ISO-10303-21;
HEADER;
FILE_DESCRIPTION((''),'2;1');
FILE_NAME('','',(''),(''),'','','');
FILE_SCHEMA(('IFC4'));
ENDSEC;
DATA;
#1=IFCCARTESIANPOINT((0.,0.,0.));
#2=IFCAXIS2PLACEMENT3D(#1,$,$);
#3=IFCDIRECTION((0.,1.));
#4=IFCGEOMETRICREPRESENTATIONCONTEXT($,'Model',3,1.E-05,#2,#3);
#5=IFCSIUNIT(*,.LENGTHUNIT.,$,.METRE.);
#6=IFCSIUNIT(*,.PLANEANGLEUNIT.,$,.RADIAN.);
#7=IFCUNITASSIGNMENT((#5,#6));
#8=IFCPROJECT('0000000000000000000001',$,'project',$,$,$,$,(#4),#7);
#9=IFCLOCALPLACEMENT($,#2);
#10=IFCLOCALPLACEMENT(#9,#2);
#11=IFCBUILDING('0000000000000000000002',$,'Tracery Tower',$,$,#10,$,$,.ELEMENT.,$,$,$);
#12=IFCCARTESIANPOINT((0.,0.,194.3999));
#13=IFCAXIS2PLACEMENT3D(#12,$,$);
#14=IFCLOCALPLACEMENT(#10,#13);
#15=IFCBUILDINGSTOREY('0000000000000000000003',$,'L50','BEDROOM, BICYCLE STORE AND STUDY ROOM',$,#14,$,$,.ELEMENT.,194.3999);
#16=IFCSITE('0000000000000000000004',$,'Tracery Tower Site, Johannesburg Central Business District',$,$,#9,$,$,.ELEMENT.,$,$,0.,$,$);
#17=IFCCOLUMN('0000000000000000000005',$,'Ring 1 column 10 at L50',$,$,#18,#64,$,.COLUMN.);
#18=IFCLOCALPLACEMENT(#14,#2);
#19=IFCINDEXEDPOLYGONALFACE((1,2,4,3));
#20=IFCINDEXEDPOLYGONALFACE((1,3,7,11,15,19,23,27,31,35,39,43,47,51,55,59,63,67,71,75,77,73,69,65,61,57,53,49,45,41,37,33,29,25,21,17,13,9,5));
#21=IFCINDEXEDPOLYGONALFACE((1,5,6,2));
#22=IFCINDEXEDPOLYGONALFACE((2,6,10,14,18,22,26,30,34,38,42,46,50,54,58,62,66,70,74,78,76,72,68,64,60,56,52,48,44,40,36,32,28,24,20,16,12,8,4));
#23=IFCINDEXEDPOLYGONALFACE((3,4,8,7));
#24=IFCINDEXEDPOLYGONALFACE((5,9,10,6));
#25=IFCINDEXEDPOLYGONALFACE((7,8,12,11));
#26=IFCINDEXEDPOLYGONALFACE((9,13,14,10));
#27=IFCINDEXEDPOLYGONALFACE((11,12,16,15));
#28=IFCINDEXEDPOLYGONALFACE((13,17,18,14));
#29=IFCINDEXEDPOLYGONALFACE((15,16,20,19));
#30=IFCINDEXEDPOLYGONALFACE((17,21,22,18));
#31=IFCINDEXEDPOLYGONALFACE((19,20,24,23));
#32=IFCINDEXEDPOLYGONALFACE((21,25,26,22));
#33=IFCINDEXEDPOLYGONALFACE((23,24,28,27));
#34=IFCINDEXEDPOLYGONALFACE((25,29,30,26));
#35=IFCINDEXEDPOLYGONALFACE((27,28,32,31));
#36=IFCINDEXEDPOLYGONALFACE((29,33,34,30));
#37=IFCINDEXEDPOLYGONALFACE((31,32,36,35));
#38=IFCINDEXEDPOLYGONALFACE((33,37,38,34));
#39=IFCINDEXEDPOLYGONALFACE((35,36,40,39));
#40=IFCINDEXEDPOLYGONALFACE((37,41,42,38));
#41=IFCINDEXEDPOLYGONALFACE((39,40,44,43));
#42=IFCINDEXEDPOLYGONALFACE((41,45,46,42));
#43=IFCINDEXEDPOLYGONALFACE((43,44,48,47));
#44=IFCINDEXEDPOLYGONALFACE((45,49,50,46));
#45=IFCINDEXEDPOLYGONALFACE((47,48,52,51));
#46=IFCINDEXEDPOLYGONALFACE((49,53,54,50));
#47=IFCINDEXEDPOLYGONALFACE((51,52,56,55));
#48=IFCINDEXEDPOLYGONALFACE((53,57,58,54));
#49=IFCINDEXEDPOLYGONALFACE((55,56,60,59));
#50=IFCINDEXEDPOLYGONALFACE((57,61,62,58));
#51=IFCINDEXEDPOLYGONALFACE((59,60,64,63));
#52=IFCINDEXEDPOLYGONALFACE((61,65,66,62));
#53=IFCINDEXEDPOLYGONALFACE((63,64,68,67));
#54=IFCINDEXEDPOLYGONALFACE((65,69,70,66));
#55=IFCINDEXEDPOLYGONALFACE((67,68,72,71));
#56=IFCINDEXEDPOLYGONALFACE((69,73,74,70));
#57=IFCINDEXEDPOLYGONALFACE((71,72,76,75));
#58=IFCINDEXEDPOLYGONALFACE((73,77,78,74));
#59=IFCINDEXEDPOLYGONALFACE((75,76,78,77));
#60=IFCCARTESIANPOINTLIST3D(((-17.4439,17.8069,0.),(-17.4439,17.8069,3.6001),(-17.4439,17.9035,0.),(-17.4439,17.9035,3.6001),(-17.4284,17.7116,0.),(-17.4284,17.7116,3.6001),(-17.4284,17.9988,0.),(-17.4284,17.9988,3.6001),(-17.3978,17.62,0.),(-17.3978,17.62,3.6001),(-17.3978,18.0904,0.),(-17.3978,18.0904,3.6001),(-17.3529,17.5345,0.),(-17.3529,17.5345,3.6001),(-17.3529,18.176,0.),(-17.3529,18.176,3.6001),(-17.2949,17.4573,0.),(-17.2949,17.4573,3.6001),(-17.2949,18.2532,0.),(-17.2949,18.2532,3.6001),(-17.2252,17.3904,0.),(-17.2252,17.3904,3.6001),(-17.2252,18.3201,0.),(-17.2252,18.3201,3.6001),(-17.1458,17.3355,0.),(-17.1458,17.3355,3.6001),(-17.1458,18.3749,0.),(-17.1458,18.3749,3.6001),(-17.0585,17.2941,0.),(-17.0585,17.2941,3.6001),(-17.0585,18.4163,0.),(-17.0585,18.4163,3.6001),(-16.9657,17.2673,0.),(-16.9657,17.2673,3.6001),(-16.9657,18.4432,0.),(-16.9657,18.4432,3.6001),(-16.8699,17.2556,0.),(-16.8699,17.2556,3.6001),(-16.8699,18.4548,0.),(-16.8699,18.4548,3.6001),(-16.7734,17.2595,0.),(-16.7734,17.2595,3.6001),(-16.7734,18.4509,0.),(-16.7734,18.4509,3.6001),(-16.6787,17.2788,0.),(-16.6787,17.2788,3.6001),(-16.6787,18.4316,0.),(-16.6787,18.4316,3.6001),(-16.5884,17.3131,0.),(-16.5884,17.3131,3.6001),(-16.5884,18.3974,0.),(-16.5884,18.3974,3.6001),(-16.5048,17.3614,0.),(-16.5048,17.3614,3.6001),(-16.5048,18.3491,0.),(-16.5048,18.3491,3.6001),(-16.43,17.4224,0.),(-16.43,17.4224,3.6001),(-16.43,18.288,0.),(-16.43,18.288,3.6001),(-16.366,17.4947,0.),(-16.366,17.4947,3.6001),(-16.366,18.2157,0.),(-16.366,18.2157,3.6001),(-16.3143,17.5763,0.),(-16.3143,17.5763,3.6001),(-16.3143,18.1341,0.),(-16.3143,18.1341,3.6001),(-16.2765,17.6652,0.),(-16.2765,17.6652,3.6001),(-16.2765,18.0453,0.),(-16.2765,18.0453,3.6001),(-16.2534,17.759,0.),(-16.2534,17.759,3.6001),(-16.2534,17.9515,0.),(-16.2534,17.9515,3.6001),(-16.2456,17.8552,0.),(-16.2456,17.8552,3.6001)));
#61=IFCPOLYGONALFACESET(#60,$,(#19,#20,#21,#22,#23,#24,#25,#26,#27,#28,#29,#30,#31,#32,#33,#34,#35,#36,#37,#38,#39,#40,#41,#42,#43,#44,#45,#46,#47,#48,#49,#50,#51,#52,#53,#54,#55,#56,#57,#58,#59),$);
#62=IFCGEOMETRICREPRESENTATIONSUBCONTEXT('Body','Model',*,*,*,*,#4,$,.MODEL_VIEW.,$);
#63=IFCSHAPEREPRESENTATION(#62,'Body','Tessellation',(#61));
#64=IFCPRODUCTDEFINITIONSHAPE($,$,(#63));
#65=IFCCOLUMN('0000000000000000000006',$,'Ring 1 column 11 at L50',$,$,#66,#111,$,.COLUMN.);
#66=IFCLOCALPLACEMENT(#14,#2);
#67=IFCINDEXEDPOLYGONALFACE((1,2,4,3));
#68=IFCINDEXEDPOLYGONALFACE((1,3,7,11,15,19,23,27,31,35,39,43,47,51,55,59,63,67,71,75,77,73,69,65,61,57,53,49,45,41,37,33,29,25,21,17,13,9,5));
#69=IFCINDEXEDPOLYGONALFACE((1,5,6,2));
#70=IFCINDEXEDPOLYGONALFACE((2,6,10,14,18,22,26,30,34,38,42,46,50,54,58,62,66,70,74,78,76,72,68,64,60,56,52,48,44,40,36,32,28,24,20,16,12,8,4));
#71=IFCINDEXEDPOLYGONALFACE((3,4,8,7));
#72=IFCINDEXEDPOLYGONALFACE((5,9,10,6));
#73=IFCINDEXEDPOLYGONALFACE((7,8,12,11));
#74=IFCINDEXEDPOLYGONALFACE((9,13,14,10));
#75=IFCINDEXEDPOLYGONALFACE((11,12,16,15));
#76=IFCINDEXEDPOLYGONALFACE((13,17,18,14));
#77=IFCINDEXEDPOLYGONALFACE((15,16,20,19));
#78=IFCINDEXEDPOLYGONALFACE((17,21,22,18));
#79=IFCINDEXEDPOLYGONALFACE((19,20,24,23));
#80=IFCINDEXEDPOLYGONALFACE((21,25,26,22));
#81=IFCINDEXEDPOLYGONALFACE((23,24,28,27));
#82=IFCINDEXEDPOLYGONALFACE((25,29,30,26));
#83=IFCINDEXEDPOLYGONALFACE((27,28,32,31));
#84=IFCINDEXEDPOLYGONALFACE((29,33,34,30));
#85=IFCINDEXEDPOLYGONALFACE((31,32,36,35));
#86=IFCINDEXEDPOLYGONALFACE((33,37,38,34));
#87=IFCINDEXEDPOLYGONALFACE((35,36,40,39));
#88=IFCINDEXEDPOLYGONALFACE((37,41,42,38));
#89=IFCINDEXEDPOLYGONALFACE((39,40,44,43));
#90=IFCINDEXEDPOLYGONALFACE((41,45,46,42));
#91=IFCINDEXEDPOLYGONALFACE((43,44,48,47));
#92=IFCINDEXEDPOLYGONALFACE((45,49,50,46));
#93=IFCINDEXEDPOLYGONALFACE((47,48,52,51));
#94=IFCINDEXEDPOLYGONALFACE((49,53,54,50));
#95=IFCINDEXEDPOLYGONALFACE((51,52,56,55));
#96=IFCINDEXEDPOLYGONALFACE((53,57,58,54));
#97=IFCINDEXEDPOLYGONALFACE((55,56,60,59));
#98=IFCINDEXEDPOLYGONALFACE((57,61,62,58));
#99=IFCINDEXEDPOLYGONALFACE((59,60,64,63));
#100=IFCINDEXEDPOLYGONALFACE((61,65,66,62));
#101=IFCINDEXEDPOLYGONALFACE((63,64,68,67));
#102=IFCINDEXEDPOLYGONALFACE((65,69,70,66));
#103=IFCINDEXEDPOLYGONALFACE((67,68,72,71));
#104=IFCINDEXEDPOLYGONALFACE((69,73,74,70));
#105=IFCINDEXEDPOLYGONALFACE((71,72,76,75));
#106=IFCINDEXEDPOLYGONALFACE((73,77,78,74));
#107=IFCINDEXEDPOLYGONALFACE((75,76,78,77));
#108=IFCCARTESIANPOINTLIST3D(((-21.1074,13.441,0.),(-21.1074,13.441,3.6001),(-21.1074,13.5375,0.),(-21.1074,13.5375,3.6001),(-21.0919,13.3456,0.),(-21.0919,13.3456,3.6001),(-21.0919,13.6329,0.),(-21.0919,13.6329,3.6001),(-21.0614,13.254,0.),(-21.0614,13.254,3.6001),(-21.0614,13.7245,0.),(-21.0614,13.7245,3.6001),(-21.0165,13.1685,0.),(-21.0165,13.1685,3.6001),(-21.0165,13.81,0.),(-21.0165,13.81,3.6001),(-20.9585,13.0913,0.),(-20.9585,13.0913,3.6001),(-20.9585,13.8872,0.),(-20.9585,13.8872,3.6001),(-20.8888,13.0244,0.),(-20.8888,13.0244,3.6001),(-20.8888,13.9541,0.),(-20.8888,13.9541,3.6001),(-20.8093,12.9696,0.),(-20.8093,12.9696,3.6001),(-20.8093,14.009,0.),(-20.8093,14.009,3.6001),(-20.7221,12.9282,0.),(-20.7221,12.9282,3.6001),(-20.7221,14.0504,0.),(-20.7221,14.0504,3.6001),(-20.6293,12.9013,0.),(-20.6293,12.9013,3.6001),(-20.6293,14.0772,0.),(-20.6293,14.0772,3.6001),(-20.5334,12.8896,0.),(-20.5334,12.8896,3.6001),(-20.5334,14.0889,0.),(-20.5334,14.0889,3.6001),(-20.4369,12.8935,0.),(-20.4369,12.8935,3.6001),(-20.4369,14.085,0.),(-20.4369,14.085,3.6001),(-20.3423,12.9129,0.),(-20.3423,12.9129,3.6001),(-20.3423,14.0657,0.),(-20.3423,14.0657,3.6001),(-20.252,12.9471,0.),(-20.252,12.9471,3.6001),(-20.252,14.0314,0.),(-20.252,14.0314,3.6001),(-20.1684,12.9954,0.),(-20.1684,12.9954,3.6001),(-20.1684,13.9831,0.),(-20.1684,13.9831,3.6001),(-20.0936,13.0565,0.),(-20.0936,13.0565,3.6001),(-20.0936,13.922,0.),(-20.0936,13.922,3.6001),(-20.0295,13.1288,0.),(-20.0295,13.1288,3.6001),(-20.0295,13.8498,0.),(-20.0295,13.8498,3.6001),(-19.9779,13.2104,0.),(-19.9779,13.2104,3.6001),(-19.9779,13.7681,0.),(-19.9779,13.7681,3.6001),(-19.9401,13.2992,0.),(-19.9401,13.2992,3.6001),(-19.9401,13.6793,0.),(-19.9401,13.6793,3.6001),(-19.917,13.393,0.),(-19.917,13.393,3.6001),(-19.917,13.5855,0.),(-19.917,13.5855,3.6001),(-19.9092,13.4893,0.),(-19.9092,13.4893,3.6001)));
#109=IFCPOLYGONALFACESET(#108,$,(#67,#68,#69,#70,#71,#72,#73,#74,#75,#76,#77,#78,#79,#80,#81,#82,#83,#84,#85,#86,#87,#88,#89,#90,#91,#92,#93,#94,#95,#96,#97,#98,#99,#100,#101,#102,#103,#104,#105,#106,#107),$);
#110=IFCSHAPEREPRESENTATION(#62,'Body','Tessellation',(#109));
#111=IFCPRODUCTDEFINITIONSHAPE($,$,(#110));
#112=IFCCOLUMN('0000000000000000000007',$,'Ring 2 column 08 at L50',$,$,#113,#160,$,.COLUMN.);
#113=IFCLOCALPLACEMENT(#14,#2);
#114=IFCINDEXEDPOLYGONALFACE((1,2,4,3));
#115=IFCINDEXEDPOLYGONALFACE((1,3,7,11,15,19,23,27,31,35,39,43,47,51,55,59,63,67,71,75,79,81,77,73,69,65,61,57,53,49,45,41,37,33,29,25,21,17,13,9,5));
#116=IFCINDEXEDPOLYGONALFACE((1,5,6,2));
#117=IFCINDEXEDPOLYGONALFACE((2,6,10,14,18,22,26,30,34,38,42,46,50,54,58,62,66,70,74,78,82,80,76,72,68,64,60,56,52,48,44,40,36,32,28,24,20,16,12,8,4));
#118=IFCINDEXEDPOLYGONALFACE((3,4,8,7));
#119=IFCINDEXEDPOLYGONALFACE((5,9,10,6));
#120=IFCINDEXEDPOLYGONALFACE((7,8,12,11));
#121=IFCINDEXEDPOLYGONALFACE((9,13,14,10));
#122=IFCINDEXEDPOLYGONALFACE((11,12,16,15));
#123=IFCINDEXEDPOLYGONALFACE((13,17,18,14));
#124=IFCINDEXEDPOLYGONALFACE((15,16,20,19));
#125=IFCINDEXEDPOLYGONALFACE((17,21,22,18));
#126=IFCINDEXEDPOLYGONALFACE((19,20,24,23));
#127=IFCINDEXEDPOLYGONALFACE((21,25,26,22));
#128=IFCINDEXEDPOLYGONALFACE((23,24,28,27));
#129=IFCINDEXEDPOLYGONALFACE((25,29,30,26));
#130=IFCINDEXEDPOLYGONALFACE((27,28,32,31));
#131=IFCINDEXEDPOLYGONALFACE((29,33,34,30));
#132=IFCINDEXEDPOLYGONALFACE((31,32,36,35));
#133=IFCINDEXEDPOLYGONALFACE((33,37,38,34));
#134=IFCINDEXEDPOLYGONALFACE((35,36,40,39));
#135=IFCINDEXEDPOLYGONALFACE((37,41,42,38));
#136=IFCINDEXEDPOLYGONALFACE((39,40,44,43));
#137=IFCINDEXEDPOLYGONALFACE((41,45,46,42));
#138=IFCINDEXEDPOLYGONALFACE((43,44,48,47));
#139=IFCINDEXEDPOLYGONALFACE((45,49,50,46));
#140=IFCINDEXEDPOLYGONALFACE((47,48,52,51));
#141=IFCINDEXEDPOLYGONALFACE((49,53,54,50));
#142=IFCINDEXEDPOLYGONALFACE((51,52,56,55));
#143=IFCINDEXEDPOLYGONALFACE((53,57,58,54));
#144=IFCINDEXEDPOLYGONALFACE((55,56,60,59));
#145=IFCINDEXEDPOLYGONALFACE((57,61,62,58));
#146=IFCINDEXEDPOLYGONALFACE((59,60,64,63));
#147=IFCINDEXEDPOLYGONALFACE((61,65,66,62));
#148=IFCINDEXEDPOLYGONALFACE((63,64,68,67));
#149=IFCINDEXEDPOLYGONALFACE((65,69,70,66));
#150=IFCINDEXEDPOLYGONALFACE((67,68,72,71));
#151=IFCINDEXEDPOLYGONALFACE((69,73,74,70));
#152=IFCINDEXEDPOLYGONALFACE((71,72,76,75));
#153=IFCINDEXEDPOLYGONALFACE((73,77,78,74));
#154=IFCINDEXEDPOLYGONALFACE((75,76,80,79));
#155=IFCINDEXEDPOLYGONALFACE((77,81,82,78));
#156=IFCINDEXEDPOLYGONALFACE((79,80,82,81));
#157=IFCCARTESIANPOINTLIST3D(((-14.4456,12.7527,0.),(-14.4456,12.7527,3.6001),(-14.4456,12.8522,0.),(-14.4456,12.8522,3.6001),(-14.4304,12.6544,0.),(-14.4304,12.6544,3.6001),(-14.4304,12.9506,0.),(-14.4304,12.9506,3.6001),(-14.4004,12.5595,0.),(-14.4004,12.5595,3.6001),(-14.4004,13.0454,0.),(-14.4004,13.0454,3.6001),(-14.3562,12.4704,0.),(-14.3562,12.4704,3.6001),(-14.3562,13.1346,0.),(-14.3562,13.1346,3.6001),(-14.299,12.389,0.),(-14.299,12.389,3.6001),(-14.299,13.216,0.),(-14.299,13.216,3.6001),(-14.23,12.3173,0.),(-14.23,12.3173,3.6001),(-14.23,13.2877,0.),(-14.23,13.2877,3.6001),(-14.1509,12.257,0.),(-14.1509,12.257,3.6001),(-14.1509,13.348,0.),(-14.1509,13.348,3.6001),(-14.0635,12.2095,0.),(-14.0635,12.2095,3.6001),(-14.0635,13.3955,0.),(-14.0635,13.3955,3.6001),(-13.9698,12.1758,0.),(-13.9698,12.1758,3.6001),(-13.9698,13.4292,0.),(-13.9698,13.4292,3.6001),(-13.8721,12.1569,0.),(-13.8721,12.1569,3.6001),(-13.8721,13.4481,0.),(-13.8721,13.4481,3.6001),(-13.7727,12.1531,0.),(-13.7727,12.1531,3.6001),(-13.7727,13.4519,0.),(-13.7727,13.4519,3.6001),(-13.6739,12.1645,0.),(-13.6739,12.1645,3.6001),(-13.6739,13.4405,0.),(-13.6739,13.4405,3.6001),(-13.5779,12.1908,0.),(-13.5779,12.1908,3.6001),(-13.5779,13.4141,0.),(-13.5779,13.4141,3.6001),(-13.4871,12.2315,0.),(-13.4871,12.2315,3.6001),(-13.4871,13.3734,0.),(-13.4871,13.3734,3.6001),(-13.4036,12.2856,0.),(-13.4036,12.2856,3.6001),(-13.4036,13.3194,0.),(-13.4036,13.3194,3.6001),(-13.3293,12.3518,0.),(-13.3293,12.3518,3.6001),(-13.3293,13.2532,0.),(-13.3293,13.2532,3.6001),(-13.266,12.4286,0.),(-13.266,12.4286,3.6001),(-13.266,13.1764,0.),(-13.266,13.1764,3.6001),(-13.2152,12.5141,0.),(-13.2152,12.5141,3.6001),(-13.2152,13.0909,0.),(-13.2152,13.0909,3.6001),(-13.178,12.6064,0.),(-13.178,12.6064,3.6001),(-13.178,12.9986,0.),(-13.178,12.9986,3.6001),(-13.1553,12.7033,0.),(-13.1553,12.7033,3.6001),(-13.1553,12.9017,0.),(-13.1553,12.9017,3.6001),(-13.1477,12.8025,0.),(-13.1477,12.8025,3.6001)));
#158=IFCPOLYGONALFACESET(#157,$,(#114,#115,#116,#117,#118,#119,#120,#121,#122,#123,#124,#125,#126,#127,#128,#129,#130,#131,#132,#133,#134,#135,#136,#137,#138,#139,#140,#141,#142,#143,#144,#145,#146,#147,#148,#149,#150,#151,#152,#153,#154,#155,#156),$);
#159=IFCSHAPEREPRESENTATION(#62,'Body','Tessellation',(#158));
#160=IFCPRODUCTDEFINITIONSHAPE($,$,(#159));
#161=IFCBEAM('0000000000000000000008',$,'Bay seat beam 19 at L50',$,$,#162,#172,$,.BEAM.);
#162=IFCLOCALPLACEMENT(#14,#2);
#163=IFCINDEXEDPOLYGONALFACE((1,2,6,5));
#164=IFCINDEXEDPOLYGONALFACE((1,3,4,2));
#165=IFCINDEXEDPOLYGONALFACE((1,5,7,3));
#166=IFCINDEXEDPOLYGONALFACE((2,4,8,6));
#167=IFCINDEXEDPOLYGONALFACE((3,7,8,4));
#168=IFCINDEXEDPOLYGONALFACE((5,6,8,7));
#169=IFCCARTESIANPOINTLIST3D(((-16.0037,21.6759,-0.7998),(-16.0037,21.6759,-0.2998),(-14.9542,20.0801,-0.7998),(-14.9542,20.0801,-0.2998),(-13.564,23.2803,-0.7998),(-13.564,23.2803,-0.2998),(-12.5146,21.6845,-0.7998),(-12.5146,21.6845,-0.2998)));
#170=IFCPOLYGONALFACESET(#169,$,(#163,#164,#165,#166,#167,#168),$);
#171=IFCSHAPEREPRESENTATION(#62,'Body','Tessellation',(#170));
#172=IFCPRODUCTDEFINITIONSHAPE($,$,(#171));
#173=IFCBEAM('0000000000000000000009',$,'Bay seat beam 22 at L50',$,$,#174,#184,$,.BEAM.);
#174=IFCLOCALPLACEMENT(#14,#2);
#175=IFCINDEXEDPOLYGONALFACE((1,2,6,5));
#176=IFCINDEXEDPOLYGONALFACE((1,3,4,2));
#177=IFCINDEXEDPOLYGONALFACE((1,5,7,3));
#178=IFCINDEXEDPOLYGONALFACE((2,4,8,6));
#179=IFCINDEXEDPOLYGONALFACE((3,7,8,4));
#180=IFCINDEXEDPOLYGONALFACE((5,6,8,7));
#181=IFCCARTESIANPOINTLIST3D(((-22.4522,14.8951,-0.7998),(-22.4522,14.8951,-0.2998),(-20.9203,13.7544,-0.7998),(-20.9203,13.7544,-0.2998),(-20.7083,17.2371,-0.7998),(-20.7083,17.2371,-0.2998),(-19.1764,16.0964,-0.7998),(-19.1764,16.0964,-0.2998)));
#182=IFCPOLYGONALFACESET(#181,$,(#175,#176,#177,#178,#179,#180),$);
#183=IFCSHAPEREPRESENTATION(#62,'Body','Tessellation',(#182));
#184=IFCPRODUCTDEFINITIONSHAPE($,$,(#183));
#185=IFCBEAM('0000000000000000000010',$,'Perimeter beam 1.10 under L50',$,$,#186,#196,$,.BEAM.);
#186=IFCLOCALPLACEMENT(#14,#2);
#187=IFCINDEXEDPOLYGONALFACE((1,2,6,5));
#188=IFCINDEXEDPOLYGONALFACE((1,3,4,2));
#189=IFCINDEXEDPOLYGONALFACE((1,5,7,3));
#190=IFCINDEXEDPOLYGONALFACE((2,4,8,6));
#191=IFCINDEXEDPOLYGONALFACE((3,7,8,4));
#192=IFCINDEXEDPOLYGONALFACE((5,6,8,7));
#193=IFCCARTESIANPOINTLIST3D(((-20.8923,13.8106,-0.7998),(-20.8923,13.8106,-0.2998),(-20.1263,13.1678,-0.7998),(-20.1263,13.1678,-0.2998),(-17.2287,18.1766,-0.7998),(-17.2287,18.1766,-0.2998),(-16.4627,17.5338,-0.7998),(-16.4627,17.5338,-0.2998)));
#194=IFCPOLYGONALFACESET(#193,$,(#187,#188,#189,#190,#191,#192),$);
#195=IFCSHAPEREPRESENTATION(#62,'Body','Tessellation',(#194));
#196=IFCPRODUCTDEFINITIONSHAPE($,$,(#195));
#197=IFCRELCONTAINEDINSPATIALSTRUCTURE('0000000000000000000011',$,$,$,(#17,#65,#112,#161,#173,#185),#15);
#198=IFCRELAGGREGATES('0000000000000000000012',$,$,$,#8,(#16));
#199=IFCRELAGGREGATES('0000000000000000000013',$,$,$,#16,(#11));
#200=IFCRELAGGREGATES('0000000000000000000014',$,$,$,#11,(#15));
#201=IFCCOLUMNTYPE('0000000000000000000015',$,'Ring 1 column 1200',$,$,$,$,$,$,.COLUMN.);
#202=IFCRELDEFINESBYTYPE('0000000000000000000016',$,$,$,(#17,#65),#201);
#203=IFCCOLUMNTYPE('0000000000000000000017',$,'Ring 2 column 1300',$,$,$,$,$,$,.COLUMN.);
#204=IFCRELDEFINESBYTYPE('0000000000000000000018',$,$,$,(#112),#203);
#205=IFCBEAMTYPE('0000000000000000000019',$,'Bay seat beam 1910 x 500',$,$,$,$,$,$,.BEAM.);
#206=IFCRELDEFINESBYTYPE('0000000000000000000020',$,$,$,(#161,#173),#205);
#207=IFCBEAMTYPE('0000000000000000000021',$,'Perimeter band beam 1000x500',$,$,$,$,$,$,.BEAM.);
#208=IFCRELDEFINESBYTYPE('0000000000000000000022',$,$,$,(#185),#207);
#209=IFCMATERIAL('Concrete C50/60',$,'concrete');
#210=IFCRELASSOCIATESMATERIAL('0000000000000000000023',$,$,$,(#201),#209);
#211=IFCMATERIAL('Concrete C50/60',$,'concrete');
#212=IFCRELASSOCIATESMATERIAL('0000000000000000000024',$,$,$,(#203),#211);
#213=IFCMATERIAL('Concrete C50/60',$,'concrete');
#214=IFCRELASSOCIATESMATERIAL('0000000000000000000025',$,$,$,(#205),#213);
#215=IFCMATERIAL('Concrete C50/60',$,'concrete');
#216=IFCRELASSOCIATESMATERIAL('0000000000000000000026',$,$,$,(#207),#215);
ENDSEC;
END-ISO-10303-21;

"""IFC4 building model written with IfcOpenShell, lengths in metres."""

from ifc_helpers import new_model, si_unit, direction, frame, origin, origin_2d, place, context, subcontext, project, spatial, rectangle, circle, extrude, material, material_profile, profile_set, type_object, element, save


model = new_model("IFC4")

# Units and contexts
model_context = context("Model", 3, precision=1e-05, world=origin(), true_north=direction((0.0, 1.0)))
body_context = subcontext(model_context, "Body", "Model", "MODEL_VIEW")
ifc_project = project(units=[si_unit("LENGTHUNIT", "METRE"), si_unit("PLANEANGLEUNIT", "RADIAN")], contexts=[model_context])

# Site, building, storey
site_placement = place(None, origin())
site = spatial("IfcSite", under=ifc_project, at=site_placement, Name="Tracery Tower Site, Johannesburg Central Business District", CompositionType="ELEMENT", RefElevation=0.0)
building_placement = place(site_placement, origin())
building = spatial("IfcBuilding", under=site, at=building_placement, Name="Tracery Tower", CompositionType="ELEMENT")
storey_placement = place(building_placement, frame((0.0, 0.0, 194.3999)))
storey = spatial("IfcBuildingStorey", under=building, at=storey_placement, Name="L50", Description="BEDROOM, BICYCLE STORE AND STUDY ROOM", CompositionType="ELEMENT", Elevation=194.3999)

# Columns
ifc_material_1 = material(Name="Concrete C50/60", Category="concrete")
ifc_material_profile_1 = material_profile(ifc_material_1, circle(Radius=0.6001, at=origin_2d()), Name="RC D1200")
ifc_profile_set_1 = profile_set([ifc_material_profile_1], Name="Concrete C50/60")
column_type_1 = type_object("IfcColumnType", Name="Ring 1 column 1200", PredefinedType="COLUMN", material=ifc_profile_set_1)
for number, where, z_axis, x_axis, name in (
    (1, (-16.8457, 17.8552, 0.0), (0.0, 0.0, 1.0), (1.0, 0.0, 0.0), "Ring 1 column 10 at L50"),
    (2, (-20.5093, 13.4893, 0.0), (0.0, 0.0, 1.0), (1.0, 0.0, 0.0), "Ring 1 column 11 at L50"),
):
    element("IfcColumn", number, at=place(storey_placement, frame(where, z_axis=z_axis, x_axis=x_axis)), inside=storey, type_object=column_type_1, Name=name, PredefinedType="COLUMN", context=body_context, shape_type="SweptSolid", body=[
        extrude(circle(Radius=0.6001, at=origin_2d()), origin(), (0.0, 0.0, 1.0), 3.6001),
    ])
ifc_material_2 = material(Name="Concrete C50/60", Category="concrete")
ifc_material_profile_2 = material_profile(ifc_material_2, circle(Radius=0.6499, at=origin_2d()), Name="RC D1300")
ifc_profile_set_2 = profile_set([ifc_material_profile_2], Name="Concrete C50/60")
column_type_2 = type_object("IfcColumnType", Name="Ring 2 column 1300", PredefinedType="COLUMN", material=ifc_profile_set_2)
column_placement = place(storey_placement, frame((-13.7976, 12.8025, 0.0), z_axis=(0.0, 0.0, 1.0), x_axis=(1.0, 0.0, 0.0)))
element("IfcColumn", 3, at=column_placement, inside=storey, type_object=column_type_2, Name="Ring 2 column 08 at L50", PredefinedType="COLUMN", context=body_context, shape_type="SweptSolid", body=[
    extrude(circle(Radius=0.6499, at=origin_2d()), origin(), (0.0, 0.0, 1.0), 3.6001),
])

# Beams
ifc_material_3 = material(Name="Concrete C50/60", Category="concrete")
ifc_material_profile_3 = material_profile(ifc_material_3, rectangle(XDim=1.9099, YDim=0.5, at=origin_2d()), Name="RC 1910x500")
ifc_profile_set_3 = profile_set([ifc_material_profile_3], Name="Concrete C50/60")
beam_type_1 = type_object("IfcBeamType", Name="Bay seat beam 1910 x 500", PredefinedType="BEAM", material=ifc_profile_set_3)
for number, where, z_axis, x_axis, name in (
    (4, (-13.0393, 22.4824, -0.5498), (-0.835507, -0.54948, 0.0), (0.54948, -0.835507, 0.0), "Bay seat beam 19 at L50"),
    (5, (-19.9424, 16.6667, -0.5498), (-0.597227, -0.802072, 0.0), (0.802072, -0.597227, 0.0), "Bay seat beam 22 at L50"),
):
    element("IfcBeam", number, at=place(storey_placement, frame(where, z_axis=z_axis, x_axis=x_axis)), inside=storey, type_object=beam_type_1, Name=name, PredefinedType="BEAM", context=body_context, shape_type="SweptSolid", body=[
        extrude(rectangle(XDim=1.9099, YDim=0.5, at=origin_2d()), origin(), (0.0, 0.0, 1.0), 2.9199),
    ])
ifc_material_4 = material(Name="Concrete C50/60", Category="concrete")
ifc_material_profile_4 = material_profile(ifc_material_4, rectangle(XDim=1.0, YDim=0.5, at=origin_2d()), Name="RC 1000x500")
ifc_profile_set_4 = profile_set([ifc_material_profile_4], Name="Concrete C50/60")
beam_type_2 = type_object("IfcBeamType", Name="Perimeter band beam 1000x500", PredefinedType="BEAM", material=ifc_profile_set_4)
beam_1_placement = place(storey_placement, frame((-16.8457, 17.8552, -0.5498), z_axis=(-0.642797, -0.766036, 0.0), x_axis=(0.766036, -0.642797, 0.0)))
element("IfcBeam", 6, at=beam_1_placement, inside=storey, type_object=beam_type_2, Name="Perimeter beam 1.10 under L50", PredefinedType="BEAM", context=body_context, shape_type="SweptSolid", body=[
    extrude(rectangle(XDim=1.0, YDim=0.5, at=origin_2d()), origin(), (0.0, 0.0, 1.0), 5.6995),
])

save(model, "model.ifc")
